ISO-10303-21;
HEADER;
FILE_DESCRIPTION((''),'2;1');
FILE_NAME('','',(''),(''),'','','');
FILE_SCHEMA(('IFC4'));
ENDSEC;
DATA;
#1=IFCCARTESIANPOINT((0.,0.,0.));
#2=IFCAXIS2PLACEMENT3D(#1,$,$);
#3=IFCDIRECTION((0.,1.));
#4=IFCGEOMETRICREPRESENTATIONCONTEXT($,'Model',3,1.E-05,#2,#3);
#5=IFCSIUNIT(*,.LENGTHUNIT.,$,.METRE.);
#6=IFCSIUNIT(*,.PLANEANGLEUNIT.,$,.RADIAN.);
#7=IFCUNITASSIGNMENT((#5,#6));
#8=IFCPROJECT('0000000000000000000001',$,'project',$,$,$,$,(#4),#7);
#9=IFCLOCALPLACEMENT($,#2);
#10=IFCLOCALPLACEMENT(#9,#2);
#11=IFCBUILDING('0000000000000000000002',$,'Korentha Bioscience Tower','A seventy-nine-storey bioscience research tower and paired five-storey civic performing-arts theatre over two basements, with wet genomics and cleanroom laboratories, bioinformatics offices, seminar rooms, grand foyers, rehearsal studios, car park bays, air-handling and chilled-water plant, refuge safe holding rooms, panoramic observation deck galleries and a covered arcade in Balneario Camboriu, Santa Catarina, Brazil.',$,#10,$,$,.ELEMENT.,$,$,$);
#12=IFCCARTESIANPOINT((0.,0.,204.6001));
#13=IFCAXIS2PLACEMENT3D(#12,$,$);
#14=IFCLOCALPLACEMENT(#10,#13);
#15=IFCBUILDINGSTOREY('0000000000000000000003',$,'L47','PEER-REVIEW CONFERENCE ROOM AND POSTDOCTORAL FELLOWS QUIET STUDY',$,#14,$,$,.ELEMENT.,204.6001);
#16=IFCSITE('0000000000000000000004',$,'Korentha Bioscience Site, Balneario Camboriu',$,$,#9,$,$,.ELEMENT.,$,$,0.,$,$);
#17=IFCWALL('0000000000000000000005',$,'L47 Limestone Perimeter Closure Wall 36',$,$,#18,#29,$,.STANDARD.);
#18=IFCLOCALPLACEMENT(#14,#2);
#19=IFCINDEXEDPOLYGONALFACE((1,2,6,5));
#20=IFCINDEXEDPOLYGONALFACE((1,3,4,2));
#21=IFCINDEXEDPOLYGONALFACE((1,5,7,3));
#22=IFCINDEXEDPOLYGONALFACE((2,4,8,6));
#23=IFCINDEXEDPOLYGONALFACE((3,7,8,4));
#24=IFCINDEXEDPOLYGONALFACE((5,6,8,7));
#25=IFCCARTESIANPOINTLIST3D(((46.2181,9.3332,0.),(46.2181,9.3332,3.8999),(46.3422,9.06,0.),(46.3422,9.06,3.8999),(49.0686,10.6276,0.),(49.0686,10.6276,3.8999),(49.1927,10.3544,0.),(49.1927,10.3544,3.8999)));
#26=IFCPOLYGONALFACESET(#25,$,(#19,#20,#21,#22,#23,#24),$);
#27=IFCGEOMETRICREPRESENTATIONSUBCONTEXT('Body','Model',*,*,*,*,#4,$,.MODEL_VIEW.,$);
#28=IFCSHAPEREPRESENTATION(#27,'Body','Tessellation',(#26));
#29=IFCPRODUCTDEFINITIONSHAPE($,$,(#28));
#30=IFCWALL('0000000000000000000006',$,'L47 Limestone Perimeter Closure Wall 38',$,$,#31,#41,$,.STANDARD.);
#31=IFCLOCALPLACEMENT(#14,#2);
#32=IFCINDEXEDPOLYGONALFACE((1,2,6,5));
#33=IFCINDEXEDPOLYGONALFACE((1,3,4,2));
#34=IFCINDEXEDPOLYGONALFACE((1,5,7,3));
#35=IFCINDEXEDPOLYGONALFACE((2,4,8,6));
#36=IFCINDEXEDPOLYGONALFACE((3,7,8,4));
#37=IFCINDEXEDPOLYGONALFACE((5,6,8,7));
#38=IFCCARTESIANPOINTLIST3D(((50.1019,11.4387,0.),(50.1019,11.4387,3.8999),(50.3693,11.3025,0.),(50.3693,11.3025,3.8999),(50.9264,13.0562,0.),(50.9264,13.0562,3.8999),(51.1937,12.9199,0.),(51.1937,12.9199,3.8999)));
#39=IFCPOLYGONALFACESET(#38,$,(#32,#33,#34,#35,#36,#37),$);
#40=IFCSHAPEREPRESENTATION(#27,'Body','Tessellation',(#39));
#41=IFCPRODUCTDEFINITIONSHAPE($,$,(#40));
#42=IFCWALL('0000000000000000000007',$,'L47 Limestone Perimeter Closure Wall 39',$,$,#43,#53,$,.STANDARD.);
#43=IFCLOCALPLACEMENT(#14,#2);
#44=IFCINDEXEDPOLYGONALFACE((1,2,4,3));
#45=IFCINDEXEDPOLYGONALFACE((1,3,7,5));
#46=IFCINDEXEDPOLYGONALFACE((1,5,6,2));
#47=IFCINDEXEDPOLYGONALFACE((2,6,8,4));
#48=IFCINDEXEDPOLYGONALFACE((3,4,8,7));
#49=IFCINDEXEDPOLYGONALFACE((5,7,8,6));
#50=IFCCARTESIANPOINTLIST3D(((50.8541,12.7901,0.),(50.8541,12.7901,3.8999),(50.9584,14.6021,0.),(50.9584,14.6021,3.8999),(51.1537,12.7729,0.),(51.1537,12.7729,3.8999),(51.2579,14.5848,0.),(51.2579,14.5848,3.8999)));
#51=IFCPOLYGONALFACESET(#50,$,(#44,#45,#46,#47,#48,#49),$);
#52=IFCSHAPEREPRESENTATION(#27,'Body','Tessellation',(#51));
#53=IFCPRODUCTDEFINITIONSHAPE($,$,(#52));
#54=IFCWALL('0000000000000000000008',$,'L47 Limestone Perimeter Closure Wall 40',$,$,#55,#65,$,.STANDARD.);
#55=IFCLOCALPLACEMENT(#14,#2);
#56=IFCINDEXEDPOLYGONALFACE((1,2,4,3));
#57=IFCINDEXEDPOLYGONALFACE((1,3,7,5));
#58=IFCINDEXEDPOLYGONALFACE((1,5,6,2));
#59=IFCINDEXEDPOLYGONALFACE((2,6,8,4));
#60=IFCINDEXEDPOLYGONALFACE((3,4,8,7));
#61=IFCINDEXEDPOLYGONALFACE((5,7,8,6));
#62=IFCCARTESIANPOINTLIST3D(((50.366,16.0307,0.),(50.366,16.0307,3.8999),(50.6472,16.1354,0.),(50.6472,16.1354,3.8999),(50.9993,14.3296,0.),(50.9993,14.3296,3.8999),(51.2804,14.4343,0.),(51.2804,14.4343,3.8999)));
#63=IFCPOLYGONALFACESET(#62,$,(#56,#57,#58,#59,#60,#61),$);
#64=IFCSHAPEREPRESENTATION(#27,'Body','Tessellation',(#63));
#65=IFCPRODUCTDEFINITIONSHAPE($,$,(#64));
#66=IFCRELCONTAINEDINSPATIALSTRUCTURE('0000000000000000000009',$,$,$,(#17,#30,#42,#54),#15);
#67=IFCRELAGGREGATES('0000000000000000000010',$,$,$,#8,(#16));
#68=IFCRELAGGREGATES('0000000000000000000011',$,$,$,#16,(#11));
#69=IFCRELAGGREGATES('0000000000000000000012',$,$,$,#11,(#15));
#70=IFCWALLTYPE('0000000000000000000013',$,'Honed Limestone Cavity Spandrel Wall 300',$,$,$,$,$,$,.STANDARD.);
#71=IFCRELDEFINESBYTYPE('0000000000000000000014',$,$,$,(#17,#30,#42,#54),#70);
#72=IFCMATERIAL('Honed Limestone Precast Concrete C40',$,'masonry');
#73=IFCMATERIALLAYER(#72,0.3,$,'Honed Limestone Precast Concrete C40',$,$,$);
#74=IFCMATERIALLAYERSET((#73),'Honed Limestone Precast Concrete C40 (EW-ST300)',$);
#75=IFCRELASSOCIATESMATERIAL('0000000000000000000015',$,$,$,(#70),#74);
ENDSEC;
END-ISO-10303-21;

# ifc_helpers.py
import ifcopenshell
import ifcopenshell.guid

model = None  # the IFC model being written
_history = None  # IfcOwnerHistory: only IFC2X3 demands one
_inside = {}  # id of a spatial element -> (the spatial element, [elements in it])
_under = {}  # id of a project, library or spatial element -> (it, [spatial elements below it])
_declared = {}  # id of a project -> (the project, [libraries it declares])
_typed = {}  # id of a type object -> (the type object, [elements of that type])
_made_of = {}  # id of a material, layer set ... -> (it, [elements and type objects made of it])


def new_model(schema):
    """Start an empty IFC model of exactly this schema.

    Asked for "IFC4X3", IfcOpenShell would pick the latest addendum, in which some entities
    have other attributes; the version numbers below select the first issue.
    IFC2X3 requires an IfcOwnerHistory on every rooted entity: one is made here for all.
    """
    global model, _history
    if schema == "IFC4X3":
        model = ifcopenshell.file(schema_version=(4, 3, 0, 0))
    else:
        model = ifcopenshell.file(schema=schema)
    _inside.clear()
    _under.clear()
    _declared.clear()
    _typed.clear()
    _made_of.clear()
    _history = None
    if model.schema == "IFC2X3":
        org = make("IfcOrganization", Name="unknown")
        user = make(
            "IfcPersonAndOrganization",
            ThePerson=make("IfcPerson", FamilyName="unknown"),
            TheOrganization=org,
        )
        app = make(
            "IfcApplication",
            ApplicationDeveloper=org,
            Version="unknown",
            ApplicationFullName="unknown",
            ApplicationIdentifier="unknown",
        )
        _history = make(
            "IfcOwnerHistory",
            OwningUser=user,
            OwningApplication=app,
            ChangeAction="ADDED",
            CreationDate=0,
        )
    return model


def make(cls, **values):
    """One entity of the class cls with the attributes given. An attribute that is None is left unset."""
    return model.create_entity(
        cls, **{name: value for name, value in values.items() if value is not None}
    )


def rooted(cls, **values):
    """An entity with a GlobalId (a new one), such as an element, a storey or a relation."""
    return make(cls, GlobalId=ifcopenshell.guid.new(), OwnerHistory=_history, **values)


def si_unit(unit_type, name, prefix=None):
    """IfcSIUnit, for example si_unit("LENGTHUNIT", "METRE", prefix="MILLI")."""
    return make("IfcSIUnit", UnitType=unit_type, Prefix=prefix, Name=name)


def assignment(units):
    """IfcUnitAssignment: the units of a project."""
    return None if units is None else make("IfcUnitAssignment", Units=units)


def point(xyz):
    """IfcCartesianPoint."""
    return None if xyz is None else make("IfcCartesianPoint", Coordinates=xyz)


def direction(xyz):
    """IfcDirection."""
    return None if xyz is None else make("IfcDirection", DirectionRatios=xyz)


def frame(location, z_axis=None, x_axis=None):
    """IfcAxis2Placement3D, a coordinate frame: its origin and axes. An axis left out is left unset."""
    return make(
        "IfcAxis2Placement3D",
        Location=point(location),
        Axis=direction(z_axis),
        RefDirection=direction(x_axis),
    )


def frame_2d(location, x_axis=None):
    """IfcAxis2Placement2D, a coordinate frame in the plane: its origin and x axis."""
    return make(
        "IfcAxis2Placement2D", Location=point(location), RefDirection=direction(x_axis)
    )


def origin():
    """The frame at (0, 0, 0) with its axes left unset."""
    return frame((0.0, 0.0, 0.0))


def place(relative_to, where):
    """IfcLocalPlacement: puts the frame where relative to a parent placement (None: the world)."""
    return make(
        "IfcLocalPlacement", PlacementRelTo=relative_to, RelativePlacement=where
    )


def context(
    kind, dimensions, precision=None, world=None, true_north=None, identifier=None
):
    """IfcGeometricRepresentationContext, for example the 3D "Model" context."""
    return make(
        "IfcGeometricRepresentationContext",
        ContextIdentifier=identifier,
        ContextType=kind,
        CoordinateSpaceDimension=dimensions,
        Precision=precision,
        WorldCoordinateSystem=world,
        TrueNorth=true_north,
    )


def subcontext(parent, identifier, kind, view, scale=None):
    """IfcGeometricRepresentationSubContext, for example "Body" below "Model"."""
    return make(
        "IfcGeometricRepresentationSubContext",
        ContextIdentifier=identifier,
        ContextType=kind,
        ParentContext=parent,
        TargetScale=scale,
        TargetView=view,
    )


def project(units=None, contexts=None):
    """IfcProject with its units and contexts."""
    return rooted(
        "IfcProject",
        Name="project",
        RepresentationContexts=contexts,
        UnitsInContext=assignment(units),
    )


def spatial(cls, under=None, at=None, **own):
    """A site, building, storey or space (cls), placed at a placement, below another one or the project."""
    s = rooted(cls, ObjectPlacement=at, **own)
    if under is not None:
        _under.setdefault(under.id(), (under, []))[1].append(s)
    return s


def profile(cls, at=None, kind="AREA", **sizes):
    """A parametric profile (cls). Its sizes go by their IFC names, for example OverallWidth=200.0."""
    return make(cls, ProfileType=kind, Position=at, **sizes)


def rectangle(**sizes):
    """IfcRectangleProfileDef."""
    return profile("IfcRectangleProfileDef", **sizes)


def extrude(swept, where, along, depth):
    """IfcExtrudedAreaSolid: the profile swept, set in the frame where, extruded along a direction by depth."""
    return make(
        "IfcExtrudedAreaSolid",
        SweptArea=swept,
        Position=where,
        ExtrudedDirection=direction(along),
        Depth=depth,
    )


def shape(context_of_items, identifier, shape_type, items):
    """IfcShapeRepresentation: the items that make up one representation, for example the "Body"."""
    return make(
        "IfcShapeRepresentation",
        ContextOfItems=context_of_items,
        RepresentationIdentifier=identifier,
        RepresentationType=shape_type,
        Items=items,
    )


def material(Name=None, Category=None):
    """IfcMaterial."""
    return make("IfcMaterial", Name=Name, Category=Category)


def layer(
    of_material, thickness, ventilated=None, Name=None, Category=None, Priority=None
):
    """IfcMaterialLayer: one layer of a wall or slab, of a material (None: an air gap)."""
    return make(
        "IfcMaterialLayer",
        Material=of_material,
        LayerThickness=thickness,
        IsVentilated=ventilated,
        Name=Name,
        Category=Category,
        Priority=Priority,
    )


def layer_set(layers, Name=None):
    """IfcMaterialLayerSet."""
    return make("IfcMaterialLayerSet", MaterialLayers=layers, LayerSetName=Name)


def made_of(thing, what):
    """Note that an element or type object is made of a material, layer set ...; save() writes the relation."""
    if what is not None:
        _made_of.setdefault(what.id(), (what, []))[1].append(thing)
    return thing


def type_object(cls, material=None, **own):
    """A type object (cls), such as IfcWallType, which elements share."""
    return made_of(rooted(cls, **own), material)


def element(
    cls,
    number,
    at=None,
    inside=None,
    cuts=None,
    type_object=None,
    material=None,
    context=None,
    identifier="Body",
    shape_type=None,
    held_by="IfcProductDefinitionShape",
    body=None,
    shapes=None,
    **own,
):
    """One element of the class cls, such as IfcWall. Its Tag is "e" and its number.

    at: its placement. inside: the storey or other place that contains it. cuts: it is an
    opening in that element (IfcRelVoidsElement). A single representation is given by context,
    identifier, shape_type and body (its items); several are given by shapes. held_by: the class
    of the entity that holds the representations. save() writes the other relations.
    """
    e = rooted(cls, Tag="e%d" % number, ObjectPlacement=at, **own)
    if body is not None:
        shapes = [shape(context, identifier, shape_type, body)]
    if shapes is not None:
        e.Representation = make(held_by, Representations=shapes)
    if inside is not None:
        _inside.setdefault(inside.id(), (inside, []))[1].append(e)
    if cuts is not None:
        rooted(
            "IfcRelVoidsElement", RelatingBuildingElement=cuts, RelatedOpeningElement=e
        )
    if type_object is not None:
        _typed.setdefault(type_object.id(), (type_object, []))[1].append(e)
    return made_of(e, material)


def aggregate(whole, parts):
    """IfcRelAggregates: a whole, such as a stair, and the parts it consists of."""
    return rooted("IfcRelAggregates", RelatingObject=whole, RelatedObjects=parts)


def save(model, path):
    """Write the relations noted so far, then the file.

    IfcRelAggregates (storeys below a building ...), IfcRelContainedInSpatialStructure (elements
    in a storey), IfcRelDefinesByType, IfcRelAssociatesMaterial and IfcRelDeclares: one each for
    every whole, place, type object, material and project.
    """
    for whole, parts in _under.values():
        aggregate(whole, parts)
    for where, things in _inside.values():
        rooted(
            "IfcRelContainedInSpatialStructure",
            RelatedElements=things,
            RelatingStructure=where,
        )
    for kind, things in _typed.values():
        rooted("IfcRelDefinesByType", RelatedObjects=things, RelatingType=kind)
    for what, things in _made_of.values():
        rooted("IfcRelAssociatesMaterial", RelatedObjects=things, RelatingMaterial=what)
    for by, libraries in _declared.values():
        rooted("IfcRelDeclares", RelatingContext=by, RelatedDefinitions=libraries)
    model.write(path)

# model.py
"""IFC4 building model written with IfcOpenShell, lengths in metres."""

from ifc_helpers import new_model, si_unit, direction, frame, frame_2d, origin, place, context, subcontext, project, spatial, rectangle, extrude, material, layer, layer_set, type_object, element, save


model = new_model("IFC4")

# Units and contexts
model_context = context("Model", 3, precision=1e-05, world=origin(), true_north=direction((0.0, 1.0)))
body_context = subcontext(model_context, "Body", "Model", "MODEL_VIEW")
ifc_project = project(units=[si_unit("LENGTHUNIT", "METRE"), si_unit("PLANEANGLEUNIT", "RADIAN")], contexts=[model_context])

# Site, building, storey
site_placement = place(None, origin())
site = spatial("IfcSite", under=ifc_project, at=site_placement, Name="Korentha Bioscience Site, Balneario Camboriu", CompositionType="ELEMENT", RefElevation=0.0)
building_placement = place(site_placement, origin())
building = spatial("IfcBuilding", under=site, at=building_placement, Name="Korentha Bioscience Tower", Description="A seventy-nine-storey bioscience research tower and paired five-storey civic performing-arts theatre over two basements, with wet genomics and cleanroom laboratories, bioinformatics offices, seminar rooms, grand foyers, rehearsal studios, car park bays, air-handling and chilled-water plant, refuge safe holding rooms, panoramic observation deck galleries and a covered arcade in Balneario Camboriu, Santa Catarina, Brazil.", CompositionType="ELEMENT")
storey_placement = place(building_placement, frame((0.0, 0.0, 204.6001)))
storey = spatial("IfcBuildingStorey", under=building, at=storey_placement, Name="L47", Description="PEER-REVIEW CONFERENCE ROOM AND POSTDOCTORAL FELLOWS QUIET STUDY", CompositionType="ELEMENT", Elevation=204.6001)

# Walls
ifc_material_1 = material(Name="Honed Limestone Precast Concrete C40", Category="masonry")
ifc_layer_1 = layer(ifc_material_1, 0.3, Name="Honed Limestone Precast Concrete C40")
ifc_layer_set_1 = layer_set([ifc_layer_1], Name="Honed Limestone Precast Concrete C40 (EW-ST300)")
wall_type_1 = type_object("IfcWallType", Name="Honed Limestone Cavity Spandrel Wall 300", PredefinedType="STANDARD", material=ifc_layer_set_1)
wall_1_placement = place(storey_placement, frame((46.28, 9.1965, 0.0), z_axis=(0.0, 0.0, 1.0), x_axis=(0.910521, 0.413462, 0.0)))
element("IfcWall", 1, at=wall_1_placement, inside=storey, type_object=wall_type_1, Name="L47 Limestone Perimeter Closure Wall 36", PredefinedType="STANDARD", context=body_context, shape_type="SweptSolid", body=[
    extrude(rectangle(XDim=3.1306, YDim=0.3, at=frame_2d((1.5654, 0.0))), origin(), (0.0, 0.0, 1.0), 3.8999),
])
wall_2_placement = place(storey_placement, frame((50.2356, 11.3706, 0.0), z_axis=(0.0, 0.0, 1.0), x_axis=(0.454139, 0.890931, 0.0)))
element("IfcWall", 2, at=wall_2_placement, inside=storey, type_object=wall_type_1, Name="L47 Limestone Perimeter Closure Wall 38", PredefinedType="STANDARD", context=body_context, shape_type="SweptSolid", body=[
    extrude(rectangle(XDim=1.8154, YDim=0.3, at=frame_2d((0.9077, 0.0))), origin(), (0.0, 0.0, 1.0), 3.8999),
])
wall_3_placement = place(storey_placement, frame((51.0039, 12.7815, 0.0), z_axis=(0.0, 0.0, 1.0), x_axis=(0.057437, 0.998349, 0.0)))
element("IfcWall", 3, at=wall_3_placement, inside=storey, type_object=wall_type_1, Name="L47 Limestone Perimeter Closure Wall 39", PredefinedType="STANDARD", context=body_context, shape_type="SweptSolid", body=[
    extrude(rectangle(XDim=1.8149, YDim=0.3, at=frame_2d((0.9075, 0.0))), origin(), (0.0, 0.0, 1.0), 3.8999),
])
wall_4_placement = place(storey_placement, frame((51.1399, 14.3818, 0.0), z_axis=(0.0, 0.0, 1.0), x_axis=(-0.348882, 0.937167, 0.0)))
element("IfcWall", 4, at=wall_4_placement, inside=storey, type_object=wall_type_1, Name="L47 Limestone Perimeter Closure Wall 40", PredefinedType="STANDARD", context=body_context, shape_type="SweptSolid", body=[
    extrude(rectangle(XDim=1.8152, YDim=0.3, at=frame_2d((0.9077, 0.0))), origin(), (0.0, 0.0, 1.0), 3.8999),
])

save(model, "model.ifc")
